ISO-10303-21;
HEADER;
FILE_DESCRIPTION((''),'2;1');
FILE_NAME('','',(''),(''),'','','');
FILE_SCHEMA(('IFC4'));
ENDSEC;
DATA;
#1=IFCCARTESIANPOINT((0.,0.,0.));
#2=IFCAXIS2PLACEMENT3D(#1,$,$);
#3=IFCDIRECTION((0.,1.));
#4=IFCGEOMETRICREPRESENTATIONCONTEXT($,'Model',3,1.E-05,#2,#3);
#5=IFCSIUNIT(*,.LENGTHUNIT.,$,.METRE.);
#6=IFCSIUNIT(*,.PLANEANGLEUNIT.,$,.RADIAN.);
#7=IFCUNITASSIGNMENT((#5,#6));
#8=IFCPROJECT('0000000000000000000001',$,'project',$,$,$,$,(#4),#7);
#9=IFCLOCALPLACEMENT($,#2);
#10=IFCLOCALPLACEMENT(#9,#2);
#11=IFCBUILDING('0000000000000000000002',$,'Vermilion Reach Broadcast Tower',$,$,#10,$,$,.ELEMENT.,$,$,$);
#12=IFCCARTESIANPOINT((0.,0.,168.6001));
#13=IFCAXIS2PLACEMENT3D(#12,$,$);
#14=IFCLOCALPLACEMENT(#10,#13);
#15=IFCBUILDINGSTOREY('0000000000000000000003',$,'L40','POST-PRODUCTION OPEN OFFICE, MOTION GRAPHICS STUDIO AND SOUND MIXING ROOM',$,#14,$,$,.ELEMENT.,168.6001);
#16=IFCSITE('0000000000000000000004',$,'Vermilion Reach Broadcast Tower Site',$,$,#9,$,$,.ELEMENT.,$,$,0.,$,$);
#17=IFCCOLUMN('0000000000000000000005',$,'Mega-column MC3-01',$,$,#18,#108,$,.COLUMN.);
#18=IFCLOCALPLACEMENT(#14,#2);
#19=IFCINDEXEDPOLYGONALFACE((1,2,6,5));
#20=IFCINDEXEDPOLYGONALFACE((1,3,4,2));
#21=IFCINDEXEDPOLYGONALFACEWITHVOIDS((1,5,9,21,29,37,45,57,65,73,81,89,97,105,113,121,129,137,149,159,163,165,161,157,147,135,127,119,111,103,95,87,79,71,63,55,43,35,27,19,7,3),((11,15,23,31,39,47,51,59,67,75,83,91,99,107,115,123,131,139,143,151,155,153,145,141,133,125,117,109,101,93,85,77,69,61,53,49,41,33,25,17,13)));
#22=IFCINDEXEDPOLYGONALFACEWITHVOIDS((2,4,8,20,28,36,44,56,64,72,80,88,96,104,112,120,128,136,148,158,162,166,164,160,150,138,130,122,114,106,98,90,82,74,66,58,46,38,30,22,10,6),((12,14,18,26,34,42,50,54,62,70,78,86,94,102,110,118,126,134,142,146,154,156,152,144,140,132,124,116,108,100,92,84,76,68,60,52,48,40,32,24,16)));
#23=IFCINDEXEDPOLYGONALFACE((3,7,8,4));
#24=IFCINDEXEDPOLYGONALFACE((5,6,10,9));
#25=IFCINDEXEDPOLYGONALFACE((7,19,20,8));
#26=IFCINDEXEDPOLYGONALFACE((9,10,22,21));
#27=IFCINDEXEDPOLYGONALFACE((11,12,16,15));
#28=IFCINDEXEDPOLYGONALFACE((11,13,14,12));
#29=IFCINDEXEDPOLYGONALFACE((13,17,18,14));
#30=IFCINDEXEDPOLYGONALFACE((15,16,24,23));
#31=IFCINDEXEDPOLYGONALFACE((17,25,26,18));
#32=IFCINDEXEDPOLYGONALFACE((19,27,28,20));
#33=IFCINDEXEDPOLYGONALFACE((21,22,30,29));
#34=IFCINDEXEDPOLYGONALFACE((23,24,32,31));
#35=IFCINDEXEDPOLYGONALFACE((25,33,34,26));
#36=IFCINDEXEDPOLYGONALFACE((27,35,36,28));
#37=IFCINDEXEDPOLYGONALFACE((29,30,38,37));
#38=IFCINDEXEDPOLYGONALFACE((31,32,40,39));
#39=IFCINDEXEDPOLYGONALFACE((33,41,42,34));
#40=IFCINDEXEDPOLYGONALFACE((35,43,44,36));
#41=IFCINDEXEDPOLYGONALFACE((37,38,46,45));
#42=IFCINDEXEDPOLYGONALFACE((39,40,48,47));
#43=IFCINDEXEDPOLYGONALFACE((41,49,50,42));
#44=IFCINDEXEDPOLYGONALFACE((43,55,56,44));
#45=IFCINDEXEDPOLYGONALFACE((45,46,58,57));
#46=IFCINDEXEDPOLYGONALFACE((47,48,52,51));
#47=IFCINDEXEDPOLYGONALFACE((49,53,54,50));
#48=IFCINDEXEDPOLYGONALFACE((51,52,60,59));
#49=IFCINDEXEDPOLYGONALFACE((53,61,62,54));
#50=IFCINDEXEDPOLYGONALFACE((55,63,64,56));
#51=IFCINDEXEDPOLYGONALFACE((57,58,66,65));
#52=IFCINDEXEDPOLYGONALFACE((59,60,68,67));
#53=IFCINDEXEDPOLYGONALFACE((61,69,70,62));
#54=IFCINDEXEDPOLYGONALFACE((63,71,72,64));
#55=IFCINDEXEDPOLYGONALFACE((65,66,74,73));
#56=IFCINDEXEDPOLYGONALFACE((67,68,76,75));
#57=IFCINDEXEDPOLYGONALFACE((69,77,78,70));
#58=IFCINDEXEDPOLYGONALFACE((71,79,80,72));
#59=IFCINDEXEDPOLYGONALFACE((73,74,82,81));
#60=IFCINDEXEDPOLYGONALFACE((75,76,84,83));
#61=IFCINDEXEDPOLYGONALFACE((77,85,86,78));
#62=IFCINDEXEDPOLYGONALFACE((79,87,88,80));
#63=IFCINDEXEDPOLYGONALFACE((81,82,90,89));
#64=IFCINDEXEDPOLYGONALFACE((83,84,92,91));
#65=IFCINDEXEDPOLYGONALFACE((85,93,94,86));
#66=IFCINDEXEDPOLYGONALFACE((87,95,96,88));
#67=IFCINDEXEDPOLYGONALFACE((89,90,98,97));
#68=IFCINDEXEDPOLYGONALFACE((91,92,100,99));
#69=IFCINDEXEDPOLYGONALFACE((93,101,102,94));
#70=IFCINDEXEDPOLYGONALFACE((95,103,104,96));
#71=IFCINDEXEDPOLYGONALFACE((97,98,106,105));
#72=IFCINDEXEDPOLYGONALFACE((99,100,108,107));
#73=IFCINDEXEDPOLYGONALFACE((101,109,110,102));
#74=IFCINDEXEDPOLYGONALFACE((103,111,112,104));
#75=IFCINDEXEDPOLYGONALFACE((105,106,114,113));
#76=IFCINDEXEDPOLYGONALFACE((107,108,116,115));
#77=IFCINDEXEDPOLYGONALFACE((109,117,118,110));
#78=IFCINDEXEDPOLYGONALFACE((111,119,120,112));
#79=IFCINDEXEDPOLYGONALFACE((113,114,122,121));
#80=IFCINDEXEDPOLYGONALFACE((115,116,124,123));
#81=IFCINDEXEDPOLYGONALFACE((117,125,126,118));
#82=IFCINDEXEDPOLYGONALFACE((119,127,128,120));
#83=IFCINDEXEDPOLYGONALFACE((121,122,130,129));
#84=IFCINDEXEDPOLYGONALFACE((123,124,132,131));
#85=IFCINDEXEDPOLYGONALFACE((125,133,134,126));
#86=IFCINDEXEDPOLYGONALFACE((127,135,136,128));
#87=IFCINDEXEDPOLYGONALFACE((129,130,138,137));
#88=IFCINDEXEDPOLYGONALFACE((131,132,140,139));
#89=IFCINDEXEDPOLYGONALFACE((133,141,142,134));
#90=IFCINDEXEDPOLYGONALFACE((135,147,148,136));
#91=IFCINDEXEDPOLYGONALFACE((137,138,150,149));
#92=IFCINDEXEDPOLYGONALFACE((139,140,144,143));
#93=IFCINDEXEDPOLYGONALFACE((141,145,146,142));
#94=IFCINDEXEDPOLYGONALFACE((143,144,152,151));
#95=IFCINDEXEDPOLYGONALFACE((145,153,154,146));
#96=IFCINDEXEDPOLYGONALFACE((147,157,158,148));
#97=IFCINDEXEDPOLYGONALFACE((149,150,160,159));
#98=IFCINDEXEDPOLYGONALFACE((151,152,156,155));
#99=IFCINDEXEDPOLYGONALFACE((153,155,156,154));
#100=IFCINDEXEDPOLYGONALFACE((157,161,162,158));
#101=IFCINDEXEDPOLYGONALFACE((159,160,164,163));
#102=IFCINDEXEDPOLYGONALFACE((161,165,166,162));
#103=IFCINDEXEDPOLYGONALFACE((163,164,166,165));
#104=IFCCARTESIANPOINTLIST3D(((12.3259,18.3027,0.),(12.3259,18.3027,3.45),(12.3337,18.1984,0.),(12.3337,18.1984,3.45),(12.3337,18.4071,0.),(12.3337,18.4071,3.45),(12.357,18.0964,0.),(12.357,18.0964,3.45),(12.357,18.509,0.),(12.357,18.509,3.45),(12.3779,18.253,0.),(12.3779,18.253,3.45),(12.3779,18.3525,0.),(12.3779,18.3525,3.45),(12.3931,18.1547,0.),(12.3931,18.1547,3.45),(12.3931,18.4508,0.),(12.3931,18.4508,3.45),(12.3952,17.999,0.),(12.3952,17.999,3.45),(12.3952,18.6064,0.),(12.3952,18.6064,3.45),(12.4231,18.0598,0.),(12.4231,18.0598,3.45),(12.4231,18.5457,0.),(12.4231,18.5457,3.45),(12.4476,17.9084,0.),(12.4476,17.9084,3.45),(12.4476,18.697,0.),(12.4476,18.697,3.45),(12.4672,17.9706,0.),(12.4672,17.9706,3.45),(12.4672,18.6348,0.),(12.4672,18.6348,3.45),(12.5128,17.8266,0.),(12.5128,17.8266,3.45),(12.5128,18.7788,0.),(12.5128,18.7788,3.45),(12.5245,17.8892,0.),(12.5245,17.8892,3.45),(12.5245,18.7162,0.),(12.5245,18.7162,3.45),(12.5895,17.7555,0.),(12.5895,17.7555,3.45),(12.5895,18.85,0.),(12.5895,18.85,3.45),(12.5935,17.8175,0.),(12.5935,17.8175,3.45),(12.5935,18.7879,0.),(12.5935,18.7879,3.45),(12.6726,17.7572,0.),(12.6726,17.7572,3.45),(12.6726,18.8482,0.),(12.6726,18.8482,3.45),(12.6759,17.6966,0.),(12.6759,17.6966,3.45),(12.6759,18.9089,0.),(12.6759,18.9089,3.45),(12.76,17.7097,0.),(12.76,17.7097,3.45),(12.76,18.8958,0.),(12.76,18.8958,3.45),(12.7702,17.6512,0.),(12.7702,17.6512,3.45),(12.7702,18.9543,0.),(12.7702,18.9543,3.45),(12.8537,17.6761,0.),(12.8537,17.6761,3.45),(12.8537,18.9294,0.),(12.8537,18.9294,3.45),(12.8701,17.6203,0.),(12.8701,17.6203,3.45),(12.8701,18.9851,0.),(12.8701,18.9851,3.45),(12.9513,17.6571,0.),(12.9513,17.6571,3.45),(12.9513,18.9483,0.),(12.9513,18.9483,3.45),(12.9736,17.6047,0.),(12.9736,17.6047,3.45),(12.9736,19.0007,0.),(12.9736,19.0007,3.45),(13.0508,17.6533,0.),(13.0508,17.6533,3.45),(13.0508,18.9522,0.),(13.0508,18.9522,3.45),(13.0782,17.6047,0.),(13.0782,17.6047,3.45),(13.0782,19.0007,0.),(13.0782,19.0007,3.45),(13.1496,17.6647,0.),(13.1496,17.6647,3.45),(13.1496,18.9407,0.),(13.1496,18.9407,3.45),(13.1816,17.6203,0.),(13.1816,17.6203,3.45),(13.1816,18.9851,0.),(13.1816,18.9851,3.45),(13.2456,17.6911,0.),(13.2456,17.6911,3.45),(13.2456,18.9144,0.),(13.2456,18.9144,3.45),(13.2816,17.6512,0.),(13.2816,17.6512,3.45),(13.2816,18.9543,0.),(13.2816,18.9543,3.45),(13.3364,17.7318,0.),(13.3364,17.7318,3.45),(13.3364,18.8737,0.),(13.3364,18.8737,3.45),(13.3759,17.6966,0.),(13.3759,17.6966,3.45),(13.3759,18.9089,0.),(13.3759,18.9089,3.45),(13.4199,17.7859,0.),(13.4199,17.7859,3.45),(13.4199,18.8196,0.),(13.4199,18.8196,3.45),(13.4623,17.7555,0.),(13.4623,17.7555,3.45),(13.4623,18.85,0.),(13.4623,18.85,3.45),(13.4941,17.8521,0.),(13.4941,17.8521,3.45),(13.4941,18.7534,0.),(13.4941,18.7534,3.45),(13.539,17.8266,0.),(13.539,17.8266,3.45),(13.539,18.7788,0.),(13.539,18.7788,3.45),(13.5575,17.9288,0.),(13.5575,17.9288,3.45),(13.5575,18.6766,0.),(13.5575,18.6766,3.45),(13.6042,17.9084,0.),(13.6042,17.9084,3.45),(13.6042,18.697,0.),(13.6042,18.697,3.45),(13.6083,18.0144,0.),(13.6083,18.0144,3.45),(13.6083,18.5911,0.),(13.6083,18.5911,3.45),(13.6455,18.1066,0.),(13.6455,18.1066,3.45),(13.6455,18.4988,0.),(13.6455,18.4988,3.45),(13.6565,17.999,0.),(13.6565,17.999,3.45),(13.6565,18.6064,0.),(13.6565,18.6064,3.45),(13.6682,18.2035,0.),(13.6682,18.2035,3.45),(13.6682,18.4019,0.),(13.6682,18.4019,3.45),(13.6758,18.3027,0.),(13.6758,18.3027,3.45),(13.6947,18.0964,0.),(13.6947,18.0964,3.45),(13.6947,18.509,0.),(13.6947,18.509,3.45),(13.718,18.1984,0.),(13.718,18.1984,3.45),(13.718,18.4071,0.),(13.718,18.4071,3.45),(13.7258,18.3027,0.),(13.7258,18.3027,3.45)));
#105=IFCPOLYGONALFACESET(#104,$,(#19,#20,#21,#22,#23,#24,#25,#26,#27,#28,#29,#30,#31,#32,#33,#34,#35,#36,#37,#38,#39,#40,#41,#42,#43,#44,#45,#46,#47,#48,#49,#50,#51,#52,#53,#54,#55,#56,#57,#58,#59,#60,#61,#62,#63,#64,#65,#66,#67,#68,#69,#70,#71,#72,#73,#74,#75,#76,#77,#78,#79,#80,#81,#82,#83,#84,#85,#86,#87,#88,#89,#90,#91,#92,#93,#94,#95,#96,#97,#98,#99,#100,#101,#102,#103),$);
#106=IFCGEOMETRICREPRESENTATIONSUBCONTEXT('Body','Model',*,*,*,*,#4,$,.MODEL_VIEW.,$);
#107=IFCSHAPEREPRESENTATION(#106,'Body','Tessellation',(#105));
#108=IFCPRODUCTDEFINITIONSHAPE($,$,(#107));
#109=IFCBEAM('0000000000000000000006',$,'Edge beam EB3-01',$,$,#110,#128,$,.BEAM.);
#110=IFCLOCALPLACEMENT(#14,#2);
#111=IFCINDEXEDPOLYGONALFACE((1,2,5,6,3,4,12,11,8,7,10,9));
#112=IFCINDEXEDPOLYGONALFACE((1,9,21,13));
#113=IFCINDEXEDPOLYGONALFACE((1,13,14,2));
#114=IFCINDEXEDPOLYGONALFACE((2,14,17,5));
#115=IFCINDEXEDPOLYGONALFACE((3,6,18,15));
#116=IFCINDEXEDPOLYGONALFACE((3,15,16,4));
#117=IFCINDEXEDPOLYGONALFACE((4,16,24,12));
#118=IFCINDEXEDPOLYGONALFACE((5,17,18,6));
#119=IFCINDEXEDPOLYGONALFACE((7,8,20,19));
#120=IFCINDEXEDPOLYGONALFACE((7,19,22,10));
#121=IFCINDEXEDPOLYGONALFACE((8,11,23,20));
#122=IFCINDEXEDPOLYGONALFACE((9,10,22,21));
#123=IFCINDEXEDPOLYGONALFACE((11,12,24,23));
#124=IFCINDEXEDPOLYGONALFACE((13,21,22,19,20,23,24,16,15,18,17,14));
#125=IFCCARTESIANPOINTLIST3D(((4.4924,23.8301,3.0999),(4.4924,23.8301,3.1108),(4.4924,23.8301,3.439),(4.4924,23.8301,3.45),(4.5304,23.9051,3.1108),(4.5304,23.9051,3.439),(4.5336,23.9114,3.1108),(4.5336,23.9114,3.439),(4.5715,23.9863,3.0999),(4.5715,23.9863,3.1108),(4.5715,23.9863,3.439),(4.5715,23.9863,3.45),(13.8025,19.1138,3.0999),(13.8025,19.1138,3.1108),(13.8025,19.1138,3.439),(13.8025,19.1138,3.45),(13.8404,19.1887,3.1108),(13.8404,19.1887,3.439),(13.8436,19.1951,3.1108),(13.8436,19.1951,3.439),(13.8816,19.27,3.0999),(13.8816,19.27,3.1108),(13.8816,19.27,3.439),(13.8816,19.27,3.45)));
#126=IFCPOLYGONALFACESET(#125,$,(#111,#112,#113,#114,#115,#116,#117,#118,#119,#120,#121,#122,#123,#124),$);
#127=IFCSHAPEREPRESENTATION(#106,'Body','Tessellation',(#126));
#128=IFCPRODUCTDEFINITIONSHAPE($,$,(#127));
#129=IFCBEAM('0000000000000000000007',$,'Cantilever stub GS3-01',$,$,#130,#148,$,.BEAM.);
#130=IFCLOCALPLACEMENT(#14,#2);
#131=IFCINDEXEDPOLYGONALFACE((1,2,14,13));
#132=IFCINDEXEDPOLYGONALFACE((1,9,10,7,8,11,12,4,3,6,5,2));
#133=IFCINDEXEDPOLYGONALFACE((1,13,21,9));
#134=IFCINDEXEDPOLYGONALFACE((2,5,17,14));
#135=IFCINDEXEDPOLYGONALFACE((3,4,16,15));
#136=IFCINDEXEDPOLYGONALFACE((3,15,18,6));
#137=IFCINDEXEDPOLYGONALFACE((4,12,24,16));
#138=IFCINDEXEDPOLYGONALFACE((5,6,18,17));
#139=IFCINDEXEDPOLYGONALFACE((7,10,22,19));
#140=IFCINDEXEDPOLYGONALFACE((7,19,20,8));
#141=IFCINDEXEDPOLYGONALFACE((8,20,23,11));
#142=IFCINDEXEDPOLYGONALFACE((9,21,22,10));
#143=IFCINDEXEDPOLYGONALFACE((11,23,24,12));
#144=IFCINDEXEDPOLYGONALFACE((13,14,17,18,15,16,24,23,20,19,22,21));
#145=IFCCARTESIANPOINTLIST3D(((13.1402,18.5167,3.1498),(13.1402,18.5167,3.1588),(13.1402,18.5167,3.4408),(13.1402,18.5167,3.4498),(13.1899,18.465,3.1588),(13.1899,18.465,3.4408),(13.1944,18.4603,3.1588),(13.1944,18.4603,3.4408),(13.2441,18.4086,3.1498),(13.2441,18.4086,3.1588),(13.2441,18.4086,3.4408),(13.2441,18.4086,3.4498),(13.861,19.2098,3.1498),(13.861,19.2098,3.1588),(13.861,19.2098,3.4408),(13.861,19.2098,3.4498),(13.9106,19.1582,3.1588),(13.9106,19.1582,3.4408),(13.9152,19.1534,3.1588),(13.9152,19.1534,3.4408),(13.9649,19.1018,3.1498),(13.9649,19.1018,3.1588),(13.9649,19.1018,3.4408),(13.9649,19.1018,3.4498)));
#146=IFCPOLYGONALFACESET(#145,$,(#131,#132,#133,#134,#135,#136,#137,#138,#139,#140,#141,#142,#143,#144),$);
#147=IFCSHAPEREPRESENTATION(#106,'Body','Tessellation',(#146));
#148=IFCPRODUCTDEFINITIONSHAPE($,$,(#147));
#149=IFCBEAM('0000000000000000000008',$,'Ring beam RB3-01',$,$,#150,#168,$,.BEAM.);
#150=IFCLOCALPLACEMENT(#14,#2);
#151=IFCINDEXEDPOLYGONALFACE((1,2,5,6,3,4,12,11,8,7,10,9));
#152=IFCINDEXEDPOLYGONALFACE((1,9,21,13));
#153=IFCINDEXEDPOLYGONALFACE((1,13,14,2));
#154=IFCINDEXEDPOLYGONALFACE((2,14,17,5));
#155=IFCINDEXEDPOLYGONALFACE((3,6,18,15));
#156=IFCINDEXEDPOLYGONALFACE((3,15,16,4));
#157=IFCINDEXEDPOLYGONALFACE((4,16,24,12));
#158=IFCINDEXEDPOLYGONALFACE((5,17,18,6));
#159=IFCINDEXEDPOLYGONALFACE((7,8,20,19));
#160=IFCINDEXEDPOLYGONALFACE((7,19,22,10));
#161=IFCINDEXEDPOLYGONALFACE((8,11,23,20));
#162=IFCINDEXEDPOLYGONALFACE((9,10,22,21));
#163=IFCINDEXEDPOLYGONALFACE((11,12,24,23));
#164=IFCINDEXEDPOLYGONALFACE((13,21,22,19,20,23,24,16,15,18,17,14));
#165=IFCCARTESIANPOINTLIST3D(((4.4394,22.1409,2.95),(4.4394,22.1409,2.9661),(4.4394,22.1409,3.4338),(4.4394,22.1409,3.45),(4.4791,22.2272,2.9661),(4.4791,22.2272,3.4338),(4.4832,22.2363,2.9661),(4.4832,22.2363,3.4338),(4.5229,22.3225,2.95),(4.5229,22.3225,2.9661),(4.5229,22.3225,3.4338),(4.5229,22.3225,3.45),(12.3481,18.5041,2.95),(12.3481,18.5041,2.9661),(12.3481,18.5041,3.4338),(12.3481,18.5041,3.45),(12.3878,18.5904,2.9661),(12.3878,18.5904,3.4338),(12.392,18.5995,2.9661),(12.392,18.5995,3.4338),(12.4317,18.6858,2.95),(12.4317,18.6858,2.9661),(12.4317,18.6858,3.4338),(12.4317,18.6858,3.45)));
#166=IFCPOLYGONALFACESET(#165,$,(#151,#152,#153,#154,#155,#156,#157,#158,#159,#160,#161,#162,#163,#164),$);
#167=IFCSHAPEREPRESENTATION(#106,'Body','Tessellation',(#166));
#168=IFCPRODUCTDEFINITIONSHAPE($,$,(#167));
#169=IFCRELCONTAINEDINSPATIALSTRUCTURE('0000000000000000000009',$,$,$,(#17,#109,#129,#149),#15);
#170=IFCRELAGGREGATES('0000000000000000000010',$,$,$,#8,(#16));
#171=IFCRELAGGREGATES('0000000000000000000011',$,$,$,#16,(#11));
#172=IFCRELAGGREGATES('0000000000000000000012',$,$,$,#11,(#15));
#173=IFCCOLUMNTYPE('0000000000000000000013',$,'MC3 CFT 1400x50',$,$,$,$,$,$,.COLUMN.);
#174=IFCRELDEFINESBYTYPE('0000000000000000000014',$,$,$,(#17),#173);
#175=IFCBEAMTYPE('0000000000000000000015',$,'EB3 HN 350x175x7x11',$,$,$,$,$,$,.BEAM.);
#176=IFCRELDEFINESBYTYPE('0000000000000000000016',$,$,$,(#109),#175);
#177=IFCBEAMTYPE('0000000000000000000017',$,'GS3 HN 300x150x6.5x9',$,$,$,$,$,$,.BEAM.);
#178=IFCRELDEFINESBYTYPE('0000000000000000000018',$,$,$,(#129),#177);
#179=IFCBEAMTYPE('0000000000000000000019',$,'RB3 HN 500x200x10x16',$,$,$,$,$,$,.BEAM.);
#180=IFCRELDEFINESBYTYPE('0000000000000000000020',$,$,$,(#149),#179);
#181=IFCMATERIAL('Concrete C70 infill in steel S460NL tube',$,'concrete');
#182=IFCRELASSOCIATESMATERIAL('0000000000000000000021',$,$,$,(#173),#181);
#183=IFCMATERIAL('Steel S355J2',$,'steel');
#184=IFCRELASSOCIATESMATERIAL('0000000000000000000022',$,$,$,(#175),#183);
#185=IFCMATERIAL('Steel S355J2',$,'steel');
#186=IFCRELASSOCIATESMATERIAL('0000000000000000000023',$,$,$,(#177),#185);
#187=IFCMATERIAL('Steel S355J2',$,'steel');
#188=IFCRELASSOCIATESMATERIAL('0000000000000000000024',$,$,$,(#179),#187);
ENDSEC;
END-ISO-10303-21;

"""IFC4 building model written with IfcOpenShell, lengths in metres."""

from ifc_helpers import new_model, si_unit, direction, frame, origin, origin_2d, place, context, subcontext, project, spatial, hollow_circle, i_section, extrude, material, material_profile, profile_set, type_object, element, save


model = new_model("IFC4")

# Units and contexts
model_context = context("Model", 3, precision=1e-05, world=origin(), true_north=direction((0.0, 1.0)))
body_context = subcontext(model_context, "Body", "Model", "MODEL_VIEW")
ifc_project = project(units=[si_unit("LENGTHUNIT", "METRE"), si_unit("PLANEANGLEUNIT", "RADIAN")], contexts=[model_context])

# Site, building, storey
site_placement = place(None, origin())
site = spatial("IfcSite", under=ifc_project, at=site_placement, Name="Vermilion Reach Broadcast Tower Site", CompositionType="ELEMENT", RefElevation=0.0)
building_placement = place(site_placement, origin())
building = spatial("IfcBuilding", under=site, at=building_placement, Name="Vermilion Reach Broadcast Tower", CompositionType="ELEMENT")
storey_placement = place(building_placement, frame((0.0, 0.0, 168.6001)))
storey = spatial("IfcBuildingStorey", under=building, at=storey_placement, Name="L40", Description="POST-PRODUCTION OPEN OFFICE, MOTION GRAPHICS STUDIO AND SOUND MIXING ROOM", CompositionType="ELEMENT", Elevation=168.6001)

# Column
ifc_material_1 = material(Name="Concrete C70 infill in steel S460NL tube", Category="concrete")
ifc_material_profile_1 = material_profile(ifc_material_1, hollow_circle(Radius=0.7, WallThickness=0.05, at=origin_2d()), Name="Concrete C70 infill in steel S460NL tube CFT 1400x50")
ifc_profile_set_1 = profile_set([ifc_material_profile_1], Name="Concrete C70 infill in steel S460NL tube")
column_type = type_object("IfcColumnType", Name="MC3 CFT 1400x50", PredefinedType="COLUMN", material=ifc_profile_set_1)
column_placement = place(storey_placement, frame((13.0259, 18.3027, 0.0), z_axis=(0.0, 0.0, 1.0), x_axis=(1.0, 0.0, 0.0)))
element("IfcColumn", 1, at=column_placement, inside=storey, type_object=column_type, Name="Mega-column MC3-01", PredefinedType="COLUMN", context=body_context, shape_type="SweptSolid", body=[
    extrude(hollow_circle(Radius=0.7, WallThickness=0.05, at=origin_2d()), origin(), (0.0, 0.0, 1.0), 3.45),
])

# Beams
ifc_material_2 = material(Name="Steel S355J2", Category="steel")
ifc_material_profile_2 = material_profile(ifc_material_2, i_section(OverallWidth=0.175, OverallDepth=0.3501, WebThickness=0.0071, FlangeThickness=0.011, at=origin_2d()), Name="S355J2 HN 350x175x7x11")
ifc_profile_set_2 = profile_set([ifc_material_profile_2], Name="Steel S355J2")
beam_type_1 = type_object("IfcBeamType", Name="EB3 HN 350x175x7x11", PredefinedType="BEAM", material=ifc_profile_set_2)
beam_1_placement = place(storey_placement, frame((13.842, 19.1919, 3.2749), z_axis=(-0.892066, 0.451905, 0.0), x_axis=(-0.451905, -0.892066, 0.0)))
element("IfcBeam", 2, at=beam_1_placement, inside=storey, type_object=beam_type_1, Name="Edge beam EB3-01", PredefinedType="BEAM", context=body_context, shape_type="SweptSolid", body=[
    extrude(i_section(OverallWidth=0.175, OverallDepth=0.3501, WebThickness=0.0071, FlangeThickness=0.011, at=origin_2d()), origin(), (0.0, 0.0, 1.0), 10.4365),
])
ifc_material_3 = material(Name="Steel S355J2", Category="steel")
ifc_material_profile_3 = material_profile(ifc_material_3, i_section(OverallWidth=0.1499, OverallDepth=0.3, WebThickness=0.0066, FlangeThickness=0.009, at=origin_2d()), Name="S355J2 HN 300x150x6.5x9")
ifc_profile_set_3 = profile_set([ifc_material_profile_3], Name="Steel S355J2")
beam_type_2 = type_object("IfcBeamType", Name="GS3 HN 300x150x6.5x9", PredefinedType="BEAM", material=ifc_profile_set_3)
beam_2_placement = place(storey_placement, frame((13.1921, 18.4626, 3.2998), z_axis=(0.720767, 0.693177, 0.0), x_axis=(-0.693177, 0.720767, 0.0)))
element("IfcBeam", 3, at=beam_2_placement, inside=storey, type_object=beam_type_2, Name="Cantilever stub GS3-01", PredefinedType="BEAM", context=body_context, shape_type="SweptSolid", body=[
    extrude(i_section(OverallWidth=0.1499, OverallDepth=0.3, WebThickness=0.0066, FlangeThickness=0.009, at=origin_2d()), origin(), (0.0, 0.0, 1.0), 1.0),
])
ifc_material_4 = material(Name="Steel S355J2", Category="steel")
ifc_material_profile_4 = material_profile(ifc_material_4, i_section(OverallWidth=0.2, OverallDepth=0.5, WebThickness=0.01, FlangeThickness=0.0161, at=origin_2d()), Name="S355J2 HN 500x200x10x16")
ifc_profile_set_4 = profile_set([ifc_material_profile_4], Name="Steel S355J2")
beam_type_3 = type_object("IfcBeamType", Name="RB3 HN 500x200x10x16", PredefinedType="BEAM", material=ifc_profile_set_4)
beam_3_placement = place(storey_placement, frame((12.3899, 18.595, 3.2), z_axis=(-0.908546, 0.417784, 0.0), x_axis=(-0.417784, -0.908546, 0.0)))
element("IfcBeam", 4, at=beam_3_placement, inside=storey, type_object=beam_type_3, Name="Ring beam RB3-01", PredefinedType="BEAM", context=body_context, shape_type="SweptSolid", body=[
    extrude(i_section(OverallWidth=0.2, OverallDepth=0.5, WebThickness=0.01, FlangeThickness=0.0161, at=origin_2d()), origin(), (0.0, 0.0, 1.0), 8.7048),
])

save(model, "model.ifc")
